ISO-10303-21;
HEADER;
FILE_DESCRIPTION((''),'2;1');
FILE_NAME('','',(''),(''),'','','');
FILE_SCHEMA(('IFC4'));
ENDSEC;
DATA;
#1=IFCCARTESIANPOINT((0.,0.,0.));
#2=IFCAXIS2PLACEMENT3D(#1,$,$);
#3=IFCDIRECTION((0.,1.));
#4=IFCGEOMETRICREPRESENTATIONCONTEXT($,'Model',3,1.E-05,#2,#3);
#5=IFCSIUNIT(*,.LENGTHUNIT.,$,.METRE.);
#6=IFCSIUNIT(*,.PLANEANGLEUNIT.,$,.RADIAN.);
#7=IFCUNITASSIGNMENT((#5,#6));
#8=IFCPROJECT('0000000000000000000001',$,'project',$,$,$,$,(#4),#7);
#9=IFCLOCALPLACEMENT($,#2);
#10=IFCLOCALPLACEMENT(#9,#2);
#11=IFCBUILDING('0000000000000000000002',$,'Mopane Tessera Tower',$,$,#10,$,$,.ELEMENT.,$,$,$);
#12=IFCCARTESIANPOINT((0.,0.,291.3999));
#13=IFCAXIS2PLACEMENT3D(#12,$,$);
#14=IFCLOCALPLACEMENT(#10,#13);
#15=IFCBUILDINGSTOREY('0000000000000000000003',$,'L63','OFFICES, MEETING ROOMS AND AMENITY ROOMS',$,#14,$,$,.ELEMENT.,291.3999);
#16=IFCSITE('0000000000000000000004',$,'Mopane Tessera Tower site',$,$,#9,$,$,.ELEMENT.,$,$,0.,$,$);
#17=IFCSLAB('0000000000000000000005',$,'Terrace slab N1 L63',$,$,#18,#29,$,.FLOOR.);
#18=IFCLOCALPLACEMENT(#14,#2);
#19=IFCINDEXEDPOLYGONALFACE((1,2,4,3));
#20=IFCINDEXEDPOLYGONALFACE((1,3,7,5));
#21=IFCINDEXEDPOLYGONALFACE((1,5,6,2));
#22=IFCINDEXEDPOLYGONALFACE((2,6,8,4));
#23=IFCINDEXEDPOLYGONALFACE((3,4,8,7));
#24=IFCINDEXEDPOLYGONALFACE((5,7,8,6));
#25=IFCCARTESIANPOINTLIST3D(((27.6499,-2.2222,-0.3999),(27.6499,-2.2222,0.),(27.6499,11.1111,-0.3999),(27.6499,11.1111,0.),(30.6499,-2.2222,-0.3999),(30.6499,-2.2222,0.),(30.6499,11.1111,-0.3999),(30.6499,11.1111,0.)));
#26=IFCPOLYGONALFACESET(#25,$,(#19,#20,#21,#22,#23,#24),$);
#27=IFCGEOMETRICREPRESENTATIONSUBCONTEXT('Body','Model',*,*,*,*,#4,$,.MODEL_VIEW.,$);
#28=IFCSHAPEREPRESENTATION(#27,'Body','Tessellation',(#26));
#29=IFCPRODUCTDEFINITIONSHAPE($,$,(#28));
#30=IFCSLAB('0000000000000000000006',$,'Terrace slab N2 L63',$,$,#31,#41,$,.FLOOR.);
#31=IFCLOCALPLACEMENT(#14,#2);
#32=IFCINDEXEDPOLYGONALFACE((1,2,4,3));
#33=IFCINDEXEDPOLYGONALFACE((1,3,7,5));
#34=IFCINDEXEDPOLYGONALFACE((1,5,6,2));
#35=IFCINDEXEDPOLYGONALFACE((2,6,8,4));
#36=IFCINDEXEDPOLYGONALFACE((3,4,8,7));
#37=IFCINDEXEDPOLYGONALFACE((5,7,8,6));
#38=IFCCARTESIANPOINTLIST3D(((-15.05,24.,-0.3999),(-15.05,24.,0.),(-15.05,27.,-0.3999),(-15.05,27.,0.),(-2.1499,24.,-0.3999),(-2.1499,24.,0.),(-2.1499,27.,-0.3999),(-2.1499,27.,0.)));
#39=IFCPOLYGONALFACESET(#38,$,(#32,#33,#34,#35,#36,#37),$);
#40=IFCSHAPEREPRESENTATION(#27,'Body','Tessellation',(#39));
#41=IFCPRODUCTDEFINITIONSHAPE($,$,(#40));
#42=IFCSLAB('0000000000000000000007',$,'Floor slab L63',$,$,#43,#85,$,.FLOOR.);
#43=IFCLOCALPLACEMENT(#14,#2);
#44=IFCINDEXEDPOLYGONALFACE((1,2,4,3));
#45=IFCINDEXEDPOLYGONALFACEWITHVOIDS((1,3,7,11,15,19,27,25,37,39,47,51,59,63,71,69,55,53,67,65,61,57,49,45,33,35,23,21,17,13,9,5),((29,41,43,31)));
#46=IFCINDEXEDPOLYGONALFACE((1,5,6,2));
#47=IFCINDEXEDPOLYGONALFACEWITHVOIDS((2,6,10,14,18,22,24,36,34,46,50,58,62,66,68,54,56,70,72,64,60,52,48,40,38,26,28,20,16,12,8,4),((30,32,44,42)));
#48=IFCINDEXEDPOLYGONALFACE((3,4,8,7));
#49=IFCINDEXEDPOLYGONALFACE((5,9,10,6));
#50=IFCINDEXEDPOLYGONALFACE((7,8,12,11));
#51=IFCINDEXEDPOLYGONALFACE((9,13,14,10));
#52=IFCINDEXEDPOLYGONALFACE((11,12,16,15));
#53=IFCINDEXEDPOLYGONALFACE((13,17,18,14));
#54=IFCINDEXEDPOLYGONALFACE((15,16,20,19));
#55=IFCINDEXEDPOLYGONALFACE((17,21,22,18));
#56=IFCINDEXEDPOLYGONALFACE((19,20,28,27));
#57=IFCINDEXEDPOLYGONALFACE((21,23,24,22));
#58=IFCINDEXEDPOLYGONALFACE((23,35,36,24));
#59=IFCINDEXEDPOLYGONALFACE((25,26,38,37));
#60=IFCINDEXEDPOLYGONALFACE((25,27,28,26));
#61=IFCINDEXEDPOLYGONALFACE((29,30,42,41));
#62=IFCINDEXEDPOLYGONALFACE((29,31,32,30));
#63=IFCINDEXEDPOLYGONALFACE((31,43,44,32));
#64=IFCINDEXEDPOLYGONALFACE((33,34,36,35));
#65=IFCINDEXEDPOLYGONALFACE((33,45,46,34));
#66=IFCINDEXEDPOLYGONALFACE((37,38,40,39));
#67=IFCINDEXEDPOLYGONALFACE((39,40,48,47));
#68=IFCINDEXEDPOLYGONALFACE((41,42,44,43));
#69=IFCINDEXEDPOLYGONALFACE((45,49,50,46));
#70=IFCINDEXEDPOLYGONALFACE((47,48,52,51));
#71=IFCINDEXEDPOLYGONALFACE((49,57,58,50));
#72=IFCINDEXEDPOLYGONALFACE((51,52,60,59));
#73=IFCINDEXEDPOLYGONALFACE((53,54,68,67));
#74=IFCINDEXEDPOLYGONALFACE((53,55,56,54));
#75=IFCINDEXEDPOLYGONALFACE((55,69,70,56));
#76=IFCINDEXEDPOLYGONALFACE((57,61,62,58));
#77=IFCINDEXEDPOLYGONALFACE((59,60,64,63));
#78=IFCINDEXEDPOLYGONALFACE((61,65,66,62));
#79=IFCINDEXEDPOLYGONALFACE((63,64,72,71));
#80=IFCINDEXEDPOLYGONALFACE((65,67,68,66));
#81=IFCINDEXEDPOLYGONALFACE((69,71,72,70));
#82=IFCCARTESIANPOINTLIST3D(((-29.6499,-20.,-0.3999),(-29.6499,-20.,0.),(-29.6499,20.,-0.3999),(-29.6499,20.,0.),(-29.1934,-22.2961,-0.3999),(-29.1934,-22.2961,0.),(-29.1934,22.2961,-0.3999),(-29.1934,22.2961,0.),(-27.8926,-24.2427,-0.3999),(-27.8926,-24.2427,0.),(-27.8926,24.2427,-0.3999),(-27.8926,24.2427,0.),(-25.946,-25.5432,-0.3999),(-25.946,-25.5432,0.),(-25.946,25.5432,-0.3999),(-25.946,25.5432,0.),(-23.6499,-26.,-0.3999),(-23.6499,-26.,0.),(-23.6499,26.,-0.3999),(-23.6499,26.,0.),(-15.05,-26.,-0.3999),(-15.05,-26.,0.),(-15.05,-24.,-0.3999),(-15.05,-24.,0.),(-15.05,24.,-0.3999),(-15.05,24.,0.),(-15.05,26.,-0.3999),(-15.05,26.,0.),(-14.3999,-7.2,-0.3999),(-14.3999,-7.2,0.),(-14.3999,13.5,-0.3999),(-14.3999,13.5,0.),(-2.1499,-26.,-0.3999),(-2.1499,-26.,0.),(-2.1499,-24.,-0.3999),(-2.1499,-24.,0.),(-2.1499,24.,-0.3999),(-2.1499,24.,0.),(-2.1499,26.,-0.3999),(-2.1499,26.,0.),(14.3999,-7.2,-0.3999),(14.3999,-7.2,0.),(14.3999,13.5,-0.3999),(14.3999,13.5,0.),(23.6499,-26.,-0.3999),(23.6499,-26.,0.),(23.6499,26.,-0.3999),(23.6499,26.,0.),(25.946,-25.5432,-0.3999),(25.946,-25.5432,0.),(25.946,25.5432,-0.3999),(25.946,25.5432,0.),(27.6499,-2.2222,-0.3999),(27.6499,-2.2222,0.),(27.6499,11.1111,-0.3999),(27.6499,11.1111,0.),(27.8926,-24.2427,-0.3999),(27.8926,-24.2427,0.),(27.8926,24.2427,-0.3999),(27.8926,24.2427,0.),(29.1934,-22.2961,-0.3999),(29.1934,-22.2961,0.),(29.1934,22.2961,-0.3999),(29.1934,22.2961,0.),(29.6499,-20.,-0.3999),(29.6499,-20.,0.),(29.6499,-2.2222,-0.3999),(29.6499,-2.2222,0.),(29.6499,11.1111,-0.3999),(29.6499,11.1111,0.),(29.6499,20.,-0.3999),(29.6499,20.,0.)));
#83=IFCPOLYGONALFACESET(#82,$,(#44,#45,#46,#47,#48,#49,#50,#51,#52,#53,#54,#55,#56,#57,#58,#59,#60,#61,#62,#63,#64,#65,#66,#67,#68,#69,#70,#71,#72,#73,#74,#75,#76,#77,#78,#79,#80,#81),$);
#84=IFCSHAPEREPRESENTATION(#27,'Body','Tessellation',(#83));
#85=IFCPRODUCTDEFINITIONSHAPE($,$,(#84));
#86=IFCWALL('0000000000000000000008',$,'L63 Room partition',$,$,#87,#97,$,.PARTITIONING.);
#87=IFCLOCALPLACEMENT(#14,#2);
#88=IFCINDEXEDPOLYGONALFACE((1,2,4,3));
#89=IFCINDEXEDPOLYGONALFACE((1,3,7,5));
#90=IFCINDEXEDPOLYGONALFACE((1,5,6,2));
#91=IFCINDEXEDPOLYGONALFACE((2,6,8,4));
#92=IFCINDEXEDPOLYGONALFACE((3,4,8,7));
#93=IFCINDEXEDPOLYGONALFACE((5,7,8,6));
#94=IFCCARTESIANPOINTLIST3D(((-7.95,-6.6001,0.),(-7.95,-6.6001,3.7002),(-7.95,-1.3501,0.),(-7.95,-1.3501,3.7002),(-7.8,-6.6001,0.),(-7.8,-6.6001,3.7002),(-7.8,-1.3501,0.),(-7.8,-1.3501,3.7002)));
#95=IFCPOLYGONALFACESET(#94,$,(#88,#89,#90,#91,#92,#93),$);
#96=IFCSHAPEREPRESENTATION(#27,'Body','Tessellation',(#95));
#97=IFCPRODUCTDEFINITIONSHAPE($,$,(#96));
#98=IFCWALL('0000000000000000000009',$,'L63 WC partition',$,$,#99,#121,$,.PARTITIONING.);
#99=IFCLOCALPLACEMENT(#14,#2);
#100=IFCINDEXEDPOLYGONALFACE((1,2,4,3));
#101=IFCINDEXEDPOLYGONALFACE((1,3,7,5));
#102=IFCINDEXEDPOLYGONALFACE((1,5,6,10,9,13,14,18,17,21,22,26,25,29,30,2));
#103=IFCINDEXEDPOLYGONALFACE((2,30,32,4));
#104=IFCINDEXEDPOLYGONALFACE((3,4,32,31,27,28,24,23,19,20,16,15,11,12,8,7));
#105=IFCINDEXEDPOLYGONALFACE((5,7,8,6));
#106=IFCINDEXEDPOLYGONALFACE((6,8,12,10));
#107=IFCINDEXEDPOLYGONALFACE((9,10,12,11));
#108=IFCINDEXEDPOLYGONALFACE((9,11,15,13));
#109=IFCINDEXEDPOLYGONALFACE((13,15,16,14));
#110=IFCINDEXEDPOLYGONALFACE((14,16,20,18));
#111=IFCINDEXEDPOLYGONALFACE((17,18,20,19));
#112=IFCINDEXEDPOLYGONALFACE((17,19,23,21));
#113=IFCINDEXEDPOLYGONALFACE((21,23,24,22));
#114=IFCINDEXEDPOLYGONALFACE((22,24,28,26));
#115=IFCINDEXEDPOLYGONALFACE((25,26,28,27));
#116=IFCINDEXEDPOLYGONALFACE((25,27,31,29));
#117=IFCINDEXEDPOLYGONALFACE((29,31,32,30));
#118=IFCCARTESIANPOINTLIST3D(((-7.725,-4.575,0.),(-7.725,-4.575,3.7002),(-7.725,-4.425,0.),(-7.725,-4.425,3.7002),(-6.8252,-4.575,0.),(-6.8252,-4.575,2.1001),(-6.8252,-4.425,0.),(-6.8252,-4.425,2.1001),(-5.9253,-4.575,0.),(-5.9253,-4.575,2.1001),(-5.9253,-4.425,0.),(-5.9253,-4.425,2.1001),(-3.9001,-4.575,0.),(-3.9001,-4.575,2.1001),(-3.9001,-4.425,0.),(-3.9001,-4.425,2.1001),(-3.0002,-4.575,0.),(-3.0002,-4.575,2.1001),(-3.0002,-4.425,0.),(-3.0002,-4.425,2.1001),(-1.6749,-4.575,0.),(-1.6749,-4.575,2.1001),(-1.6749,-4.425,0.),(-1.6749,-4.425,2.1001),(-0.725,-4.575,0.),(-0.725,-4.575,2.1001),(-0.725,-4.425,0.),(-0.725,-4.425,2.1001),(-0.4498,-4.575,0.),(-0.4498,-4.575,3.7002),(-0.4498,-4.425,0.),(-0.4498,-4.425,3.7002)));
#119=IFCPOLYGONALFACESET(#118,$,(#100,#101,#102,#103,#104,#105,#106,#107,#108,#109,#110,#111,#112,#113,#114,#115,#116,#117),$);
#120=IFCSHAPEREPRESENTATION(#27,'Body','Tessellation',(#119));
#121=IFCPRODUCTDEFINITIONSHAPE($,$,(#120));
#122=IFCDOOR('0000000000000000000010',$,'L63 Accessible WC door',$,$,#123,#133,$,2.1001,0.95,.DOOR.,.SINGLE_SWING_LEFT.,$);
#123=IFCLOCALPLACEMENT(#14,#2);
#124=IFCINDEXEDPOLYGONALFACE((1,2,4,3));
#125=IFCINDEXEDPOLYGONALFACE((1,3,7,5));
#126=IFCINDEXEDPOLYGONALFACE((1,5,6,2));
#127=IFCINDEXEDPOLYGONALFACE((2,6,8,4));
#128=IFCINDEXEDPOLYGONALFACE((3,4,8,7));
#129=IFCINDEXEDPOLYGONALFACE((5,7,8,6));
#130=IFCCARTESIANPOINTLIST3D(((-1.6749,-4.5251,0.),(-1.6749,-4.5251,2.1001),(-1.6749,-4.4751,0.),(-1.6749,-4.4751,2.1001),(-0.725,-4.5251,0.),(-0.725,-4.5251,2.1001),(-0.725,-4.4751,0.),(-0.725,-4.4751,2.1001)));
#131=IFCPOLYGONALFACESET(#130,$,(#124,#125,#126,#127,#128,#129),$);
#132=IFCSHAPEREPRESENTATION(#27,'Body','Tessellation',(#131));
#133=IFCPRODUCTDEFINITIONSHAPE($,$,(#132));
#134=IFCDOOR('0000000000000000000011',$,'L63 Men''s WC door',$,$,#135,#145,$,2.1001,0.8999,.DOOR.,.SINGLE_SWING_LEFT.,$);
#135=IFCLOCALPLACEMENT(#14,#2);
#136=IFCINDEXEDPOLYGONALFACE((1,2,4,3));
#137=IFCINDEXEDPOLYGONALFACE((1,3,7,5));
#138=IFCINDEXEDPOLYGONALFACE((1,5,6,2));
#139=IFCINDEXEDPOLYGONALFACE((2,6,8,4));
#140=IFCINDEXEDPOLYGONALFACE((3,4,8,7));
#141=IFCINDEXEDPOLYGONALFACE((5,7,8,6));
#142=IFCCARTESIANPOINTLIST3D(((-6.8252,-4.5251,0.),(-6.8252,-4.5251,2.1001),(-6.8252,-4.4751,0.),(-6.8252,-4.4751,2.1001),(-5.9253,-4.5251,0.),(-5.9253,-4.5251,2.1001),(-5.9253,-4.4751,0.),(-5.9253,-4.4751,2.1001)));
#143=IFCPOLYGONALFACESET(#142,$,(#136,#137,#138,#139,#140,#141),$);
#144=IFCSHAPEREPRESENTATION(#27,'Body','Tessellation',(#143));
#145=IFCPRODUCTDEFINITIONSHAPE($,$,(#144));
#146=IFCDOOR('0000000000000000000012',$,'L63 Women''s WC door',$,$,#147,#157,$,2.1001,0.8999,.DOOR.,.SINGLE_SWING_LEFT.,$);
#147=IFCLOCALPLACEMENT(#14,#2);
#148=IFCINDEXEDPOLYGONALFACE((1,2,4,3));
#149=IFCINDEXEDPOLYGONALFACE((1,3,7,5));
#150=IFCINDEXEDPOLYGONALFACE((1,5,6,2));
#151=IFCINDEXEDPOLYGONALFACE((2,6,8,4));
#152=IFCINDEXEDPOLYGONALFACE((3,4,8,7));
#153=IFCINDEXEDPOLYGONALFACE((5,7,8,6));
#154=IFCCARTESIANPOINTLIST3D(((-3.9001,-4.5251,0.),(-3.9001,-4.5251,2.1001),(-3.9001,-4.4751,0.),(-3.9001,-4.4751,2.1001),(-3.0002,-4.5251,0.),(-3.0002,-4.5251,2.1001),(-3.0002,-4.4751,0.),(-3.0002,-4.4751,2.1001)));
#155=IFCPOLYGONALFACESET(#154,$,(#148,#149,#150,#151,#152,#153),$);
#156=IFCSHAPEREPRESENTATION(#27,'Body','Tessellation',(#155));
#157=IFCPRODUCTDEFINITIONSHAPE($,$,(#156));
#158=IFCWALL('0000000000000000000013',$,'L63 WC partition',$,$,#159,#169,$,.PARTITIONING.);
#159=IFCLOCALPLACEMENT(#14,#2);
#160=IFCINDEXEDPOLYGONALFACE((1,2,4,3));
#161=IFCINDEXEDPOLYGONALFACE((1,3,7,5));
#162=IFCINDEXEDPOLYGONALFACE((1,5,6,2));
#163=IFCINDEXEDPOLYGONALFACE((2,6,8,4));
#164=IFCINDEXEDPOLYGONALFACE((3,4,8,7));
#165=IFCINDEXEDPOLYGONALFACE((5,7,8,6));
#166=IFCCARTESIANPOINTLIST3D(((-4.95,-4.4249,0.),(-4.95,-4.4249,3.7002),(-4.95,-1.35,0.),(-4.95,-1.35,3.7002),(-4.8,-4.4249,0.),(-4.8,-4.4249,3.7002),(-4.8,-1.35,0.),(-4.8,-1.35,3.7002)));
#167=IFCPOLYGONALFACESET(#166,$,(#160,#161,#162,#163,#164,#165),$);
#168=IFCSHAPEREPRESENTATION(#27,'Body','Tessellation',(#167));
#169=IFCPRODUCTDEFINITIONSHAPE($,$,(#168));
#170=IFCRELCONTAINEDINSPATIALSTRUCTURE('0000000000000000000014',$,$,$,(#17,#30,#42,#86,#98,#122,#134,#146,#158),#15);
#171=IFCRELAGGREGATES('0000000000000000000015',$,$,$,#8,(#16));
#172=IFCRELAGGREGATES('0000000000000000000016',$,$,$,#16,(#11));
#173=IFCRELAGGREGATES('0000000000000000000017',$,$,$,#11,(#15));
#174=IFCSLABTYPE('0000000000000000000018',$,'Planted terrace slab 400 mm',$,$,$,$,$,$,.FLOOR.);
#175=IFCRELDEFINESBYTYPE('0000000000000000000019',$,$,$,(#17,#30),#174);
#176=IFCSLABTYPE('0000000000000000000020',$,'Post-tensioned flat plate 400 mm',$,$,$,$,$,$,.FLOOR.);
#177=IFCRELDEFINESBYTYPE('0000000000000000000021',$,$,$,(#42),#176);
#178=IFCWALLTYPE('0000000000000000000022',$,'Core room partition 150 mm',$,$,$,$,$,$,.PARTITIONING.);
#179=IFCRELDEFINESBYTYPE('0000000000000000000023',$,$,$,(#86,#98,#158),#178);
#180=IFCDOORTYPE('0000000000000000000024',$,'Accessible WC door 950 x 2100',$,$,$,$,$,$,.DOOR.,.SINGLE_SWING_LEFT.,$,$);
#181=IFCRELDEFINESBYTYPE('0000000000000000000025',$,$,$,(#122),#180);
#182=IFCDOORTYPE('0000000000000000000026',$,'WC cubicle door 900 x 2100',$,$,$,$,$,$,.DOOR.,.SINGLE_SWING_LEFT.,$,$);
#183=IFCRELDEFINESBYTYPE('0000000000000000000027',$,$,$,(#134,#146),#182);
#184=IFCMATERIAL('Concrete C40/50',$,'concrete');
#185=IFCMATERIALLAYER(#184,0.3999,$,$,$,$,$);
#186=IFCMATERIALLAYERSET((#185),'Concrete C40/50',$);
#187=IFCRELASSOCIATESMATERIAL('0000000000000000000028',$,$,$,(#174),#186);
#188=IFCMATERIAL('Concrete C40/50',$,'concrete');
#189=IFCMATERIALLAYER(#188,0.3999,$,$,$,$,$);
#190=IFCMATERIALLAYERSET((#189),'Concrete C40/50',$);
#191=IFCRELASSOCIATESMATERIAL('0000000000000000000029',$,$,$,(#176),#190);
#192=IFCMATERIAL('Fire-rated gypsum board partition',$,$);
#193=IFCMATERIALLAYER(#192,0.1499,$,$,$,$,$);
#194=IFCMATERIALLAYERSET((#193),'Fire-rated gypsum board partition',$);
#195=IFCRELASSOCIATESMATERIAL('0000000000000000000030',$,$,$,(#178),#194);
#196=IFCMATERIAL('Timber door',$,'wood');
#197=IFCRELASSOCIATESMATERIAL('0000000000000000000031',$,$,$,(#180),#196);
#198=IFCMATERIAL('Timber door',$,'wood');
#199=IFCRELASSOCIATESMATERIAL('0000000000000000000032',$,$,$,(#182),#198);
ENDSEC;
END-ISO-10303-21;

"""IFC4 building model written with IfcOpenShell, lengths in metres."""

from ifc_helpers import new_model, si_unit, direction, frame, frame_2d, origin, place, context, subcontext, project, spatial, polyline, rectangle, outline, extrude, material, layer, layer_set, type_object, element, fill, save


model = new_model("IFC4")

# Units and contexts
model_context = context("Model", 3, precision=1e-05, world=origin(), true_north=direction((0.0, 1.0)))
body_context = subcontext(model_context, "Body", "Model", "MODEL_VIEW")
ifc_project = project(units=[si_unit("LENGTHUNIT", "METRE"), si_unit("PLANEANGLEUNIT", "RADIAN")], contexts=[model_context])

# Site, building, storey
site_placement = place(None, origin())
site = spatial("IfcSite", under=ifc_project, at=site_placement, Name="Mopane Tessera Tower site", CompositionType="ELEMENT", RefElevation=0.0)
building_placement = place(site_placement, origin())
building = spatial("IfcBuilding", under=site, at=building_placement, Name="Mopane Tessera Tower", CompositionType="ELEMENT")
storey_placement = place(building_placement, frame((0.0, 0.0, 291.3999)))
storey = spatial("IfcBuildingStorey", under=building, at=storey_placement, Name="L63", Description="OFFICES, MEETING ROOMS AND AMENITY ROOMS", CompositionType="ELEMENT", Elevation=291.3999)

# Slabs
ifc_material_1 = material(Name="Concrete C40/50", Category="concrete")
ifc_layer_1 = layer(ifc_material_1, 0.3999)
ifc_layer_set_1 = layer_set([ifc_layer_1], Name="Concrete C40/50")
slab_type_1 = type_object("IfcSlabType", Name="Planted terrace slab 400 mm", PredefinedType="FLOOR", material=ifc_layer_set_1)
slab_1_placement = place(storey_placement, frame((0.0, 0.0, -0.3999)))
element("IfcSlab", 1, at=slab_1_placement, inside=storey, type_object=slab_type_1, Name="Terrace slab N1 L63", PredefinedType="FLOOR", context=body_context, shape_type="SweptSolid", body=[
    extrude(outline(polyline([(30.6499, 11.1111), (27.6499, 11.1111), (27.6499, -2.2222), (30.6499, -2.2222), (30.6499, 11.1111)])), origin(), (0.0, 0.0, 1.0), 0.3999),
])
slab_2_placement = place(storey_placement, frame((0.0, 0.0, -0.3999)))
element("IfcSlab", 2, at=slab_2_placement, inside=storey, type_object=slab_type_1, Name="Terrace slab N2 L63", PredefinedType="FLOOR", context=body_context, shape_type="SweptSolid", body=[
    extrude(outline(polyline([(-15.05, 27.0), (-15.05, 24.0), (-2.1499, 24.0), (-2.1499, 27.0), (-15.05, 27.0)])), origin(), (0.0, 0.0, 1.0), 0.3999),
])
ifc_material_2 = material(Name="Concrete C40/50", Category="concrete")
ifc_layer_2 = layer(ifc_material_2, 0.3999)
ifc_layer_set_2 = layer_set([ifc_layer_2], Name="Concrete C40/50")
slab_type_2 = type_object("IfcSlabType", Name="Post-tensioned flat plate 400 mm", PredefinedType="FLOOR", material=ifc_layer_set_2)
slab_3_placement = place(storey_placement, frame((0.0, 0.0, -0.3999)))
element("IfcSlab", 3, at=slab_3_placement, inside=storey, type_object=slab_type_2, Name="Floor slab L63", PredefinedType="FLOOR", context=body_context, shape_type="SweptSolid", body=[
    extrude(outline(polyline([(-23.6499, -26.0), (-15.05, -26.0), (-15.05, -24.0), (-2.1499, -24.0), (-2.1499, -26.0), (23.6499, -26.0), (25.946, -25.5432), (27.8926, -24.2427), (29.1934, -22.2961), (29.6499, -20.0), (29.6499, -2.2222), (27.6499, -2.2222), (27.6499, 11.1111), (29.6499, 11.1111), (29.6499, 20.0), (29.1934, 22.2961), (27.8926, 24.2427), (25.946, 25.5432), (23.6499, 26.0), (-2.1499, 26.0), (-2.1499, 24.0), (-15.05, 24.0), (-15.05, 26.0), (-23.6499, 26.0), (-25.946, 25.5432), (-27.8926, 24.2427), (-29.1934, 22.2961), (-29.6499, 20.0), (-29.6499, -20.0), (-29.1934, -22.2961), (-27.8926, -24.2427), (-25.946, -25.5432), (-23.6499, -26.0)]), holes=[polyline([(14.3999, -7.2), (-14.3999, -7.2), (-14.3999, 13.5), (14.3999, 13.5), (14.3999, -7.2)])]), origin(), (0.0, 0.0, 1.0), 0.3999),
])

# Wall
ifc_material_3 = material(Name="Fire-rated gypsum board partition")
ifc_layer_3 = layer(ifc_material_3, 0.1499)
ifc_layer_set_3 = layer_set([ifc_layer_3], Name="Fire-rated gypsum board partition")
wall_type_1 = type_object("IfcWallType", Name="Core room partition 150 mm", PredefinedType="PARTITIONING", material=ifc_layer_set_3)
wall_1_placement = place(storey_placement, frame((-7.875, -6.6001, 0.0), z_axis=(0.0, 0.0, 1.0), x_axis=(0.0, 1.0, 0.0)))
element("IfcWall", 4, at=wall_1_placement, inside=storey, type_object=wall_type_1, Name="L63 Room partition", PredefinedType="PARTITIONING", context=body_context, shape_type="SweptSolid", body=[
    extrude(rectangle(XDim=5.25, YDim=0.1499, at=frame_2d((2.625, 0.0))), origin(), (0.0, 0.0, 1.0), 3.7002),
])

# Wall, openings, doors
wall_2_placement = place(storey_placement, frame((-7.7251, -4.5, 0.0), z_axis=(0.0, 0.0, 1.0), x_axis=(1.0, 0.0, 0.0)))
wall_2 = element("IfcWall", 5, at=wall_2_placement, inside=storey, type_object=wall_type_1, Name="L63 WC partition", PredefinedType="PARTITIONING", context=body_context, shape_type="SweptSolid", body=[
    extrude(rectangle(XDim=7.2751, YDim=0.1499, at=frame_2d((3.6377, 0.0))), origin(), (0.0, 0.0, 1.0), 3.7002),
])
opening_1_placement = place(wall_2_placement, frame((0.8999, 0.0, 0.0)))
opening_1 = element("IfcOpeningElement", 6, at=opening_1_placement, cuts=wall_2, PredefinedType="OPENING", context=body_context, shape_type="SweptSolid", body=[
    extrude(rectangle(XDim=0.8999, YDim=2.1001, at=frame_2d((0.45, 1.05))), frame((0.0, 0.0869, 0.0), z_axis=(0.0, -1.0, 0.0), x_axis=(1.0, 0.0, 0.0)), (0.0, 0.0, 1.0), 0.1738),
])
opening_2_placement = place(wall_2_placement, frame((3.825, 0.0, 0.0)))
opening_2 = element("IfcOpeningElement", 7, at=opening_2_placement, cuts=wall_2, PredefinedType="OPENING", context=body_context, shape_type="SweptSolid", body=[
    extrude(rectangle(XDim=0.8999, YDim=2.1001, at=frame_2d((0.45, 1.05))), frame((0.0, 0.0869, 0.0), z_axis=(0.0, -1.0, 0.0), x_axis=(1.0, 0.0, 0.0)), (0.0, 0.0, 1.0), 0.1738),
])
opening_3_placement = place(wall_2_placement, frame((6.05, 0.0, 0.0)))
opening_3 = element("IfcOpeningElement", 8, at=opening_3_placement, cuts=wall_2, PredefinedType="OPENING", context=body_context, shape_type="SweptSolid", body=[
    extrude(rectangle(XDim=0.95, YDim=2.1001, at=frame_2d((0.4751, 1.05))), frame((0.0, 0.0869, 0.0), z_axis=(0.0, -1.0, 0.0), x_axis=(1.0, 0.0, 0.0)), (0.0, 0.0, 1.0), 0.1738),
])
ifc_material_4 = material(Name="Timber door", Category="wood")
door_type_1 = type_object("IfcDoorType", Name="Accessible WC door 950 x 2100", OperationType="SINGLE_SWING_LEFT", PredefinedType="DOOR", material=ifc_material_4)
door_1_placement = place(opening_3_placement, origin())
door_1 = element("IfcDoor", 9, at=door_1_placement, inside=storey, type_object=door_type_1, Name="L63 Accessible WC door", OperationType="SINGLE_SWING_LEFT", OverallHeight=2.1001, OverallWidth=0.95, PredefinedType="DOOR", context=body_context, shape_type="SweptSolid", body=[
    extrude(rectangle(XDim=0.95, YDim=2.1001, at=frame_2d((0.4751, 1.05))), frame((0.0, 0.0249, 0.0), z_axis=(0.0, -1.0, 0.0), x_axis=(1.0, 0.0, 0.0)), (0.0, 0.0, 1.0), 0.05),
])
fill(opening_3, door_1)
ifc_material_5 = material(Name="Timber door", Category="wood")
door_type_2 = type_object("IfcDoorType", Name="WC cubicle door 900 x 2100", OperationType="SINGLE_SWING_LEFT", PredefinedType="DOOR", material=ifc_material_5)
door_2_placement = place(opening_1_placement, origin())
door_2 = element("IfcDoor", 10, at=door_2_placement, inside=storey, type_object=door_type_2, Name="L63 Men's WC door", OperationType="SINGLE_SWING_LEFT", OverallHeight=2.1001, OverallWidth=0.8999, PredefinedType="DOOR", context=body_context, shape_type="SweptSolid", body=[
    extrude(rectangle(XDim=0.8999, YDim=2.1001, at=frame_2d((0.45, 1.05))), frame((0.0, 0.0249, 0.0), z_axis=(0.0, -1.0, 0.0), x_axis=(1.0, 0.0, 0.0)), (0.0, 0.0, 1.0), 0.05),
])
fill(opening_1, door_2)
door_3_placement = place(opening_2_placement, origin())
door_3 = element("IfcDoor", 11, at=door_3_placement, inside=storey, type_object=door_type_2, Name="L63 Women's WC door", OperationType="SINGLE_SWING_LEFT", OverallHeight=2.1001, OverallWidth=0.8999, PredefinedType="DOOR", context=body_context, shape_type="SweptSolid", body=[
    extrude(rectangle(XDim=0.8999, YDim=2.1001, at=frame_2d((0.45, 1.05))), frame((0.0, 0.0249, 0.0), z_axis=(0.0, -1.0, 0.0), x_axis=(1.0, 0.0, 0.0)), (0.0, 0.0, 1.0), 0.05),
])
fill(opening_2, door_3)

# Wall
for number, where, z_axis, x_axis, name in (
    (12, (-4.875, -4.425, 0.0), (0.0, 0.0, 1.0), (0.0, 1.0, 0.0), "L63 WC partition"),
):
    element("IfcWall", number, at=place(storey_placement, frame(where, z_axis=z_axis, x_axis=x_axis)), inside=storey, type_object=wall_type_1, Name=name, PredefinedType="PARTITIONING", context=body_context, shape_type="SweptSolid", body=[
        extrude(rectangle(XDim=3.075, YDim=0.1499, at=frame_2d((1.5376, 0.0))), origin(), (0.0, 0.0, 1.0), 3.7002),
    ])

save(model, "model.ifc")
